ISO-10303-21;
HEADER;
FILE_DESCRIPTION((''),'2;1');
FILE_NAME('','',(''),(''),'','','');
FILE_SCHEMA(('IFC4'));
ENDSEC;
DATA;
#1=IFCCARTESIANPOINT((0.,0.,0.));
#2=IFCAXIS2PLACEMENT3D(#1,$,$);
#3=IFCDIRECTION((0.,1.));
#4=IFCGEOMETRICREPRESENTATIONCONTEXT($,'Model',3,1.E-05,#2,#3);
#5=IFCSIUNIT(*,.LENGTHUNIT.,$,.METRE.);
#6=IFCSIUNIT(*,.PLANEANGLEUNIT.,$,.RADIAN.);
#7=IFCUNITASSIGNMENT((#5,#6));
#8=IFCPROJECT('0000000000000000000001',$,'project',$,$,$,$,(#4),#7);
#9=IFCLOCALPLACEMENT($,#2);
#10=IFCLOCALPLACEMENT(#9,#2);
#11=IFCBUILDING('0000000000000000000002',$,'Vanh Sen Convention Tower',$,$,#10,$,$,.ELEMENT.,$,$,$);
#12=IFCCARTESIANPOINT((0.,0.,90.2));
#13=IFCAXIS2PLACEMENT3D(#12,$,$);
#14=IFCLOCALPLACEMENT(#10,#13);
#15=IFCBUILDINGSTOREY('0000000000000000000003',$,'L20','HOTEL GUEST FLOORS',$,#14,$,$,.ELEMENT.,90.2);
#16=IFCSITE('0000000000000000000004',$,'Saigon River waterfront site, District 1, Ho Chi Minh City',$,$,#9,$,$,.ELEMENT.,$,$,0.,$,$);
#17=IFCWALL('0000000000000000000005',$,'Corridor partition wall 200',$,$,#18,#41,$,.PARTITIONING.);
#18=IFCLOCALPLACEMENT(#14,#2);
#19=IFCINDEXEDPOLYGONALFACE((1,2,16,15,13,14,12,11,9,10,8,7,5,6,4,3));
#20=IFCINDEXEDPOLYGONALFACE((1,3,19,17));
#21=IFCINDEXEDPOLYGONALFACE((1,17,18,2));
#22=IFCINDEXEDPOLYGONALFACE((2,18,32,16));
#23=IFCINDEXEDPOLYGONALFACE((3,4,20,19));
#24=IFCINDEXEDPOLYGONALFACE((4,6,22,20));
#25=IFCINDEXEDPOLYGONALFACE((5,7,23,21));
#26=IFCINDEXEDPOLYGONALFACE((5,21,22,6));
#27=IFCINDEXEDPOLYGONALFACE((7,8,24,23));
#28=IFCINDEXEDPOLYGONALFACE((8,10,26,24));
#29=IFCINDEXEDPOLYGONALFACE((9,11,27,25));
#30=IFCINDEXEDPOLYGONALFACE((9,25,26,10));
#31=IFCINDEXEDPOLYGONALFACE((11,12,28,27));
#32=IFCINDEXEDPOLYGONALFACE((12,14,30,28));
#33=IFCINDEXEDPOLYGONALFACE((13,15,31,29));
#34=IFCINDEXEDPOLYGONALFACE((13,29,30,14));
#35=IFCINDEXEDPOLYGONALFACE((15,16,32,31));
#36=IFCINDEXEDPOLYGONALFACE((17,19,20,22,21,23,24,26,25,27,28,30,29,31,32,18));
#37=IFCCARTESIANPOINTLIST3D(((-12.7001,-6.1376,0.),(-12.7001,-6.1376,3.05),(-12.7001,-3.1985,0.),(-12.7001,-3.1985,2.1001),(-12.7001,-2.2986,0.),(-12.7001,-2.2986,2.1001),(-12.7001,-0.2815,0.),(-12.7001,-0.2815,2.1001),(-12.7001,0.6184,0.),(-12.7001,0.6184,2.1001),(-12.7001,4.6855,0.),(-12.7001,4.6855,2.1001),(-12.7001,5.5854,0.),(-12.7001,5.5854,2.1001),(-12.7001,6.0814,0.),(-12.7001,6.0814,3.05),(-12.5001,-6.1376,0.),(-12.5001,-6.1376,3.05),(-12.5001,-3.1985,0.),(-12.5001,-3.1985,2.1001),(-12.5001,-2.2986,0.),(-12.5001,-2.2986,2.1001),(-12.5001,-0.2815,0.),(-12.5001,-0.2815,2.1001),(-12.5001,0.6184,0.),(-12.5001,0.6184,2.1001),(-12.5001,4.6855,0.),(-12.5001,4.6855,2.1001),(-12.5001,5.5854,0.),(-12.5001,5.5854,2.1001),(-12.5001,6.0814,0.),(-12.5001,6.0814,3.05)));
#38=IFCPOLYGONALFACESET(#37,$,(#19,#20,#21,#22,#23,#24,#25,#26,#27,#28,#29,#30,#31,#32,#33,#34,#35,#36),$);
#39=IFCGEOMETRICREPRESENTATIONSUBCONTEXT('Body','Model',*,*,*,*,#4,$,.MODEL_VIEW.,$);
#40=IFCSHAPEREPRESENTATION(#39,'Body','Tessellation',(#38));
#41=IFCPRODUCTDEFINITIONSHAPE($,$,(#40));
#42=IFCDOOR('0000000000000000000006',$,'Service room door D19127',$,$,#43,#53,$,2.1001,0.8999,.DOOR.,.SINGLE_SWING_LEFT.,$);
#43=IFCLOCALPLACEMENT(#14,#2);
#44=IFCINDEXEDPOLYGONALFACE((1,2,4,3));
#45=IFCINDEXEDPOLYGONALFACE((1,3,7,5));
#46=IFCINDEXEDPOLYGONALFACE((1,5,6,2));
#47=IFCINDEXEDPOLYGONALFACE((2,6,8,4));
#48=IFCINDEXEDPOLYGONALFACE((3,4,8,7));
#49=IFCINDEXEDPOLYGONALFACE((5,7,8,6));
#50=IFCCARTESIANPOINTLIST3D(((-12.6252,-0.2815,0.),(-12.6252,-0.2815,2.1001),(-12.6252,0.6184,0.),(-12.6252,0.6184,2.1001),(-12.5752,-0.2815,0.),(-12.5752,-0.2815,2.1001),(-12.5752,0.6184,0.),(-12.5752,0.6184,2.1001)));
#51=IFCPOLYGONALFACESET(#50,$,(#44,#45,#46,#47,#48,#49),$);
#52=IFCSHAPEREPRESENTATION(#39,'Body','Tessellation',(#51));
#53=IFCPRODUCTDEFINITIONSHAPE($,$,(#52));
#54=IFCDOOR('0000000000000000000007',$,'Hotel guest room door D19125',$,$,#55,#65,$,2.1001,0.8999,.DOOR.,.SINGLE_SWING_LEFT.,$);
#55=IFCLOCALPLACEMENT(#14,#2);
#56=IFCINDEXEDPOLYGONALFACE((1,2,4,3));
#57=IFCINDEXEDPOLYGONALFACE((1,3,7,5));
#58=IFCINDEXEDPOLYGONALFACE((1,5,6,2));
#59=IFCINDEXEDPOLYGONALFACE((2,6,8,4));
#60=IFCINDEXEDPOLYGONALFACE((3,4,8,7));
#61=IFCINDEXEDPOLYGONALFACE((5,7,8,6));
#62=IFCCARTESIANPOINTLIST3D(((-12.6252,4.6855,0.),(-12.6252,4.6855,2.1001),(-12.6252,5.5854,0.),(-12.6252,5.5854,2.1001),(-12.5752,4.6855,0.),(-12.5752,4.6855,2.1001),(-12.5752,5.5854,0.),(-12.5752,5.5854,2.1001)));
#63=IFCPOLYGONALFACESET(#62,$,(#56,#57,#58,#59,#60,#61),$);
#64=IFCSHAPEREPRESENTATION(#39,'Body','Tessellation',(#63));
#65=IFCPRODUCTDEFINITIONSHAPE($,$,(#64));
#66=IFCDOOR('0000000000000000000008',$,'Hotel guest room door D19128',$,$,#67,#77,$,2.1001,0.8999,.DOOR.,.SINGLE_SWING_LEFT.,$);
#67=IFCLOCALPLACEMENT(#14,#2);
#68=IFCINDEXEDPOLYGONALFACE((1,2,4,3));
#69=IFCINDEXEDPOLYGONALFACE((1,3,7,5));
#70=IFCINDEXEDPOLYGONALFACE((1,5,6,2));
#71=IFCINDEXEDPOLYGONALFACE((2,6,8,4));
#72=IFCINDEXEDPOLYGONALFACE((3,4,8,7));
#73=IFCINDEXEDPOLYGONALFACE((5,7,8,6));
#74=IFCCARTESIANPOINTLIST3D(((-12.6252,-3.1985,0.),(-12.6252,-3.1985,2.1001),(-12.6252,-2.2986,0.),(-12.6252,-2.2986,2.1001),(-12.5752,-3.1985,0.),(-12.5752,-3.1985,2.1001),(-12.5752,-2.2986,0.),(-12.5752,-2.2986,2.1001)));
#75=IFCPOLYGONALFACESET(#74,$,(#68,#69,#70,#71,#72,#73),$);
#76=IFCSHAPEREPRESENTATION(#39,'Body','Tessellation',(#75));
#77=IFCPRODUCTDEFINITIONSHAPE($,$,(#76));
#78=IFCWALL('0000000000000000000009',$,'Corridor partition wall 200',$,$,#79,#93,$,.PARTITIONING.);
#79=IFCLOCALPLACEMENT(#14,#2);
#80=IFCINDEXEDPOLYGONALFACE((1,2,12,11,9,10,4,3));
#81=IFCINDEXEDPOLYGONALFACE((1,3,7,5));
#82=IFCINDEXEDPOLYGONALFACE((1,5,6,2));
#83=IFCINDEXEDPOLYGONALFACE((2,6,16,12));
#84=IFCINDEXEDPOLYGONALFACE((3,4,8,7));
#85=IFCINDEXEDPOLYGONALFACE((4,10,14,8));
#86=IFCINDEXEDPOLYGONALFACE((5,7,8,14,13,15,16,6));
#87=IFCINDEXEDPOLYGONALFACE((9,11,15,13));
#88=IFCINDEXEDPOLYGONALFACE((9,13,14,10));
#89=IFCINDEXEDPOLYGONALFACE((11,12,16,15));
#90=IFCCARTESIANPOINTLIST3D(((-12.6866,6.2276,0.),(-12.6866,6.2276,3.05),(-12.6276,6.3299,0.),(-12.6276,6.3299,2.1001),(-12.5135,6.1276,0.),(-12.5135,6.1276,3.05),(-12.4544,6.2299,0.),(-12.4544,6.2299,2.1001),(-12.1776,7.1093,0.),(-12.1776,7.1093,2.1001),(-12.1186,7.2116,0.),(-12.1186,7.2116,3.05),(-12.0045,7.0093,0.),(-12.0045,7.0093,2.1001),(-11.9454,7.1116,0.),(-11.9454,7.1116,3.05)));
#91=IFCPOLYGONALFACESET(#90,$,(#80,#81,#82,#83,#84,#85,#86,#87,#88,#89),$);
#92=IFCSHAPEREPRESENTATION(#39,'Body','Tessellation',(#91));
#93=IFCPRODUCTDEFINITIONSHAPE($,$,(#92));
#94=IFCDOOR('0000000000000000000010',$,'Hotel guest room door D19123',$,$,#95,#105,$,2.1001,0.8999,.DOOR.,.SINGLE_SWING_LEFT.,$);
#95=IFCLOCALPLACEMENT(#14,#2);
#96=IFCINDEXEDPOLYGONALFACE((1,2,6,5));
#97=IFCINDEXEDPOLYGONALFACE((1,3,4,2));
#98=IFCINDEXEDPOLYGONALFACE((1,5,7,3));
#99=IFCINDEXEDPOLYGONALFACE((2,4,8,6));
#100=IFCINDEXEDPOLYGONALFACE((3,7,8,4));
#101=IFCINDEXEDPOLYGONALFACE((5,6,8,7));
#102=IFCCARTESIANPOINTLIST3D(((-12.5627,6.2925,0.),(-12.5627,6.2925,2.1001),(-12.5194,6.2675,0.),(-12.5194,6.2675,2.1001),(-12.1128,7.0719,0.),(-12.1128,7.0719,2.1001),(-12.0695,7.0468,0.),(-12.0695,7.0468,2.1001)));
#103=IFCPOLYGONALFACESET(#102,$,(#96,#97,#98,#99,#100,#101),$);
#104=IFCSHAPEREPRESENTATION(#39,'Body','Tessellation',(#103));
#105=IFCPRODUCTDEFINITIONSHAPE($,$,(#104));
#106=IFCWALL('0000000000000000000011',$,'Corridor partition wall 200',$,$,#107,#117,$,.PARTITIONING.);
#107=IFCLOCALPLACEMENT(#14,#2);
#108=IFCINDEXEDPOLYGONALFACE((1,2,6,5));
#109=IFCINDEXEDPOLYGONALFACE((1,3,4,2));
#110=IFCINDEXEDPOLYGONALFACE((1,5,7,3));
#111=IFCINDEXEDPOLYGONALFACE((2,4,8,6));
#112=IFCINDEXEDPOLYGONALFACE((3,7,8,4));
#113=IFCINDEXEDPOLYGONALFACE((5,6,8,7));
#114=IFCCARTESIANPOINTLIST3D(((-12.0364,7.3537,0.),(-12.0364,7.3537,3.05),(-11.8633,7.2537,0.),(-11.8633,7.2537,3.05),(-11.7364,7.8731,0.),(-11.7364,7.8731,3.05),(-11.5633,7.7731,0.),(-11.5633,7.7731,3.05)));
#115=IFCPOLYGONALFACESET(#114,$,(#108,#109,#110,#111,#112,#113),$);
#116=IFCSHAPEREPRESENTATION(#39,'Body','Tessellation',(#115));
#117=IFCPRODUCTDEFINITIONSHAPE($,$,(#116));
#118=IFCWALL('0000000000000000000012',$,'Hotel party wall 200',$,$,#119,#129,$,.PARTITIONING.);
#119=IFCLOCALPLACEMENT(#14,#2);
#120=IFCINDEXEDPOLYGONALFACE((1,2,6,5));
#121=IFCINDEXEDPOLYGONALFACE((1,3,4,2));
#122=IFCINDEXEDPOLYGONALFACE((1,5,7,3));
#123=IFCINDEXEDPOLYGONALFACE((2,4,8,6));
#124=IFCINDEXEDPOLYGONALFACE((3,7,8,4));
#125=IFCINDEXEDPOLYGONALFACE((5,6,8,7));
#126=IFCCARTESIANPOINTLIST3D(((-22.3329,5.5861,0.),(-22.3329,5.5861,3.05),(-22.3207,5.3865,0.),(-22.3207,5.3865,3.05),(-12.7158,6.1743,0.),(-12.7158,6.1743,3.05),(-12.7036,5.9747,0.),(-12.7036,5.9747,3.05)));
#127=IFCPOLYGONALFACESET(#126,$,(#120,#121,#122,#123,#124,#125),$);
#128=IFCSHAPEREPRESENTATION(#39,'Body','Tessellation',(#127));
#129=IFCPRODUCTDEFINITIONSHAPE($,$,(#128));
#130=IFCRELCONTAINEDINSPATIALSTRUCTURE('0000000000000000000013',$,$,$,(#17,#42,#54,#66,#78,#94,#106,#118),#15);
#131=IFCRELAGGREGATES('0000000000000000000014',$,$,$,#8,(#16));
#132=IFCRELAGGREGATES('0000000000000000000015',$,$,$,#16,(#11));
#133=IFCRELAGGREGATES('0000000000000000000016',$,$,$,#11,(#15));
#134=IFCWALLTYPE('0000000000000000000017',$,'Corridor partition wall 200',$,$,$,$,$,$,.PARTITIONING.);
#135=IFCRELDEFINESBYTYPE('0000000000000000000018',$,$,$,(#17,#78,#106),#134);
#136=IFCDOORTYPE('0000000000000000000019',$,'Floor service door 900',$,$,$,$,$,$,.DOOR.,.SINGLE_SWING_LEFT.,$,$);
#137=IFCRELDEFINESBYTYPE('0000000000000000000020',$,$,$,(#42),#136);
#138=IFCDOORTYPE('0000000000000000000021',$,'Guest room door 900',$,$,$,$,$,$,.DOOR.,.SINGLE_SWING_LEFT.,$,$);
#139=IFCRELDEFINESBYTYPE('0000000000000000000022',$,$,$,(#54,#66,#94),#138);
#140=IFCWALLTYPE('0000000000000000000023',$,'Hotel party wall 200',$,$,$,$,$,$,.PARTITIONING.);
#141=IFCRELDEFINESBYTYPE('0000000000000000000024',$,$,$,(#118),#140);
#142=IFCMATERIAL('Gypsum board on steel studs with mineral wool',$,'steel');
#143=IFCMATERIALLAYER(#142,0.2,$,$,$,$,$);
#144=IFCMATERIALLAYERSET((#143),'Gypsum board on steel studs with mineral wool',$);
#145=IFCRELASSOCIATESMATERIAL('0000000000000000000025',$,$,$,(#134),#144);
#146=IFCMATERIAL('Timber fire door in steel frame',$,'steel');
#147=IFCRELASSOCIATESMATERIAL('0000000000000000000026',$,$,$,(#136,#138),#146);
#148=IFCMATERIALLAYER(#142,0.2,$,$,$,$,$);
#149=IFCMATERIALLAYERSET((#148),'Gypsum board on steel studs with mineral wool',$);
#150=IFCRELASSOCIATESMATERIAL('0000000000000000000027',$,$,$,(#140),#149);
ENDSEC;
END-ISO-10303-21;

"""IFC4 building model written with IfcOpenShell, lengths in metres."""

from ifc_helpers import new_model, si_unit, direction, frame, frame_2d, origin, place, context, subcontext, project, spatial, rectangle, extrude, material, layer, layer_set, type_object, element, fill, save


model = new_model("IFC4")

# Units and contexts
model_context = context("Model", 3, precision=1e-05, world=origin(), true_north=direction((0.0, 1.0)))
body_context = subcontext(model_context, "Body", "Model", "MODEL_VIEW")
ifc_project = project(units=[si_unit("LENGTHUNIT", "METRE"), si_unit("PLANEANGLEUNIT", "RADIAN")], contexts=[model_context])

# Site, building, storey
site_placement = place(None, origin())
site = spatial("IfcSite", under=ifc_project, at=site_placement, Name="Saigon River waterfront site, District 1, Ho Chi Minh City", CompositionType="ELEMENT", RefElevation=0.0)
building_placement = place(site_placement, origin())
building = spatial("IfcBuilding", under=site, at=building_placement, Name="Vanh Sen Convention Tower", CompositionType="ELEMENT")
storey_placement = place(building_placement, frame((0.0, 0.0, 90.2)))
storey = spatial("IfcBuildingStorey", under=building, at=storey_placement, Name="L20", Description="HOTEL GUEST FLOORS", CompositionType="ELEMENT", Elevation=90.2)

# Wall, openings, doors
ifc_material_1 = material(Name="Gypsum board on steel studs with mineral wool", Category="steel")
ifc_layer_1 = layer(ifc_material_1, 0.2)
ifc_layer_set_1 = layer_set([ifc_layer_1], Name="Gypsum board on steel studs with mineral wool")
wall_type_1 = type_object("IfcWallType", Name="Corridor partition wall 200", PredefinedType="PARTITIONING", material=ifc_layer_set_1)
wall_1_placement = place(storey_placement, frame((-12.6001, 6.0813, 0.0), z_axis=(0.0, 0.0, 1.0), x_axis=(0.0, -1.0, 0.0)))
wall_1 = element("IfcWall", 1, at=wall_1_placement, inside=storey, type_object=wall_type_1, Name="Corridor partition wall 200", PredefinedType="PARTITIONING", context=body_context, shape_type="SweptSolid", body=[
    extrude(rectangle(XDim=12.219, YDim=0.2, at=frame_2d((6.1094, 0.0))), origin(), (0.0, 0.0, 1.0), 3.05),
])
opening_1_placement = place(wall_1_placement, frame((0.4958, 0.0, 0.0)))
opening_1 = element("IfcOpeningElement", 2, at=opening_1_placement, cuts=wall_1, PredefinedType="OPENING", context=body_context, shape_type="SweptSolid", body=[
    extrude(rectangle(XDim=0.8999, YDim=2.1001, at=frame_2d((0.45, 1.05))), frame((0.0, 0.1099, 0.0), z_axis=(0.0, -1.0, 0.0), x_axis=(1.0, 0.0, 0.0)), (0.0, 0.0, 1.0), 0.22),
])
opening_2_placement = place(wall_1_placement, frame((5.4629, 0.0, 0.0)))
opening_2 = element("IfcOpeningElement", 3, at=opening_2_placement, cuts=wall_1, PredefinedType="OPENING", context=body_context, shape_type="SweptSolid", body=[
    extrude(rectangle(XDim=0.8999, YDim=2.1001, at=frame_2d((0.45, 1.05))), frame((0.0, 0.1099, 0.0), z_axis=(0.0, -1.0, 0.0), x_axis=(1.0, 0.0, 0.0)), (0.0, 0.0, 1.0), 0.22),
])
opening_3_placement = place(wall_1_placement, frame((8.3799, 0.0, 0.0)))
opening_3 = element("IfcOpeningElement", 4, at=opening_3_placement, cuts=wall_1, PredefinedType="OPENING", context=body_context, shape_type="SweptSolid", body=[
    extrude(rectangle(XDim=0.8999, YDim=2.1001, at=frame_2d((0.45, 1.05))), frame((0.0, 0.1099, 0.0), z_axis=(0.0, -1.0, 0.0), x_axis=(1.0, 0.0, 0.0)), (0.0, 0.0, 1.0), 0.22),
])
ifc_material_2 = material(Name="Timber fire door in steel frame", Category="steel")
door_type_1 = type_object("IfcDoorType", Name="Floor service door 900", OperationType="SINGLE_SWING_LEFT", PredefinedType="DOOR", material=ifc_material_2)
door_1_placement = place(opening_2_placement, origin())
door_1 = element("IfcDoor", 5, at=door_1_placement, inside=storey, type_object=door_type_1, Name="Service room door D19127", OperationType="SINGLE_SWING_LEFT", OverallHeight=2.1001, OverallWidth=0.8999, PredefinedType="DOOR", context=body_context, shape_type="SweptSolid", body=[
    extrude(rectangle(XDim=0.8999, YDim=2.1001, at=frame_2d((0.45, 1.05))), frame((0.0, 0.0249, 0.0), z_axis=(0.0, -1.0, 0.0), x_axis=(1.0, 0.0, 0.0)), (0.0, 0.0, 1.0), 0.05),
])
fill(opening_2, door_1)
door_type_2 = type_object("IfcDoorType", Name="Guest room door 900", OperationType="SINGLE_SWING_LEFT", PredefinedType="DOOR", material=ifc_material_2)
door_2_placement = place(opening_1_placement, origin())
door_2 = element("IfcDoor", 6, at=door_2_placement, inside=storey, type_object=door_type_2, Name="Hotel guest room door D19125", OperationType="SINGLE_SWING_LEFT", OverallHeight=2.1001, OverallWidth=0.8999, PredefinedType="DOOR", context=body_context, shape_type="SweptSolid", body=[
    extrude(rectangle(XDim=0.8999, YDim=2.1001, at=frame_2d((0.45, 1.05))), frame((0.0, 0.0249, 0.0), z_axis=(0.0, -1.0, 0.0), x_axis=(1.0, 0.0, 0.0)), (0.0, 0.0, 1.0), 0.05),
])
fill(opening_1, door_2)
door_3_placement = place(opening_3_placement, origin())
door_3 = element("IfcDoor", 7, at=door_3_placement, inside=storey, type_object=door_type_2, Name="Hotel guest room door D19128", OperationType="SINGLE_SWING_LEFT", OverallHeight=2.1001, OverallWidth=0.8999, PredefinedType="DOOR", context=body_context, shape_type="SweptSolid", body=[
    extrude(rectangle(XDim=0.8999, YDim=2.1001, at=frame_2d((0.45, 1.05))), frame((0.0, 0.0249, 0.0), z_axis=(0.0, -1.0, 0.0), x_axis=(1.0, 0.0, 0.0)), (0.0, 0.0, 1.0), 0.05),
])
fill(opening_3, door_3)

# Wall, opening, door
wall_2_placement = place(storey_placement, frame((-12.032, 7.1616, 0.0), z_axis=(0.0, 0.0, 1.0), x_axis=(-0.499952, -0.866053, 0.0)))
wall_2 = element("IfcWall", 8, at=wall_2_placement, inside=storey, type_object=wall_type_1, Name="Corridor partition wall 200", PredefinedType="PARTITIONING", context=body_context, shape_type="SweptSolid", body=[
    extrude(rectangle(XDim=1.1362, YDim=0.2, at=frame_2d((0.5681, 0.0))), origin(), (0.0, 0.0, 1.0), 3.05),
])
opening_4_placement = place(wall_2_placement, frame((0.1182, 0.0, 0.0)))
opening_4 = element("IfcOpeningElement", 9, at=opening_4_placement, cuts=wall_2, PredefinedType="OPENING", context=body_context, shape_type="SweptSolid", body=[
    extrude(rectangle(XDim=0.8999, YDim=2.1001, at=frame_2d((0.45, 1.05))), frame((0.0, 0.1099, 0.0), z_axis=(0.0, -1.0, 0.0), x_axis=(1.0, 0.0, 0.0)), (0.0, 0.0, 1.0), 0.22),
])
door_4_placement = place(opening_4_placement, origin())
door_4 = element("IfcDoor", 10, at=door_4_placement, inside=storey, type_object=door_type_2, Name="Hotel guest room door D19123", OperationType="SINGLE_SWING_LEFT", OverallHeight=2.1001, OverallWidth=0.8999, PredefinedType="DOOR", context=body_context, shape_type="SweptSolid", body=[
    extrude(rectangle(XDim=0.8999, YDim=2.1001, at=frame_2d((0.45, 1.05))), frame((0.0, 0.0249, 0.0), z_axis=(0.0, -1.0, 0.0), x_axis=(1.0, 0.0, 0.0)), (0.0, 0.0, 1.0), 0.05),
])
fill(opening_4, door_4)

# Walls
wall_3_placement = place(storey_placement, frame((-11.6499, 7.823, 0.0), z_axis=(0.0, 0.0, 1.0), x_axis=(-0.500122, -0.865955, 0.0)))
element("IfcWall", 11, at=wall_3_placement, inside=storey, type_object=wall_type_1, Name="Corridor partition wall 200", PredefinedType="PARTITIONING", context=body_context, shape_type="SweptSolid", body=[
    extrude(rectangle(XDim=0.5999, YDim=0.2, at=frame_2d((0.2998, 0.0))), origin(), (0.0, 0.0, 1.0), 3.05),
])
ifc_layer_2 = layer(ifc_material_1, 0.2)
ifc_layer_set_2 = layer_set([ifc_layer_2], Name="Gypsum board on steel studs with mineral wool")
wall_type_2 = type_object("IfcWallType", Name="Hotel party wall 200", PredefinedType="PARTITIONING", material=ifc_layer_set_2)
wall_4_placement = place(storey_placement, frame((-22.3267, 5.4863, 0.0), z_axis=(0.0, 0.0, 1.0), x_axis=(0.998135, 0.061042, 0.0)))
element("IfcWall", 12, at=wall_4_placement, inside=storey, type_object=wall_type_2, Name="Hotel party wall 200", PredefinedType="PARTITIONING", context=body_context, shape_type="SweptSolid", body=[
    extrude(rectangle(XDim=9.635, YDim=0.2, at=frame_2d((4.8174, 0.0))), origin(), (0.0, 0.0, 1.0), 3.05),
])

save(model, "model.ifc")
